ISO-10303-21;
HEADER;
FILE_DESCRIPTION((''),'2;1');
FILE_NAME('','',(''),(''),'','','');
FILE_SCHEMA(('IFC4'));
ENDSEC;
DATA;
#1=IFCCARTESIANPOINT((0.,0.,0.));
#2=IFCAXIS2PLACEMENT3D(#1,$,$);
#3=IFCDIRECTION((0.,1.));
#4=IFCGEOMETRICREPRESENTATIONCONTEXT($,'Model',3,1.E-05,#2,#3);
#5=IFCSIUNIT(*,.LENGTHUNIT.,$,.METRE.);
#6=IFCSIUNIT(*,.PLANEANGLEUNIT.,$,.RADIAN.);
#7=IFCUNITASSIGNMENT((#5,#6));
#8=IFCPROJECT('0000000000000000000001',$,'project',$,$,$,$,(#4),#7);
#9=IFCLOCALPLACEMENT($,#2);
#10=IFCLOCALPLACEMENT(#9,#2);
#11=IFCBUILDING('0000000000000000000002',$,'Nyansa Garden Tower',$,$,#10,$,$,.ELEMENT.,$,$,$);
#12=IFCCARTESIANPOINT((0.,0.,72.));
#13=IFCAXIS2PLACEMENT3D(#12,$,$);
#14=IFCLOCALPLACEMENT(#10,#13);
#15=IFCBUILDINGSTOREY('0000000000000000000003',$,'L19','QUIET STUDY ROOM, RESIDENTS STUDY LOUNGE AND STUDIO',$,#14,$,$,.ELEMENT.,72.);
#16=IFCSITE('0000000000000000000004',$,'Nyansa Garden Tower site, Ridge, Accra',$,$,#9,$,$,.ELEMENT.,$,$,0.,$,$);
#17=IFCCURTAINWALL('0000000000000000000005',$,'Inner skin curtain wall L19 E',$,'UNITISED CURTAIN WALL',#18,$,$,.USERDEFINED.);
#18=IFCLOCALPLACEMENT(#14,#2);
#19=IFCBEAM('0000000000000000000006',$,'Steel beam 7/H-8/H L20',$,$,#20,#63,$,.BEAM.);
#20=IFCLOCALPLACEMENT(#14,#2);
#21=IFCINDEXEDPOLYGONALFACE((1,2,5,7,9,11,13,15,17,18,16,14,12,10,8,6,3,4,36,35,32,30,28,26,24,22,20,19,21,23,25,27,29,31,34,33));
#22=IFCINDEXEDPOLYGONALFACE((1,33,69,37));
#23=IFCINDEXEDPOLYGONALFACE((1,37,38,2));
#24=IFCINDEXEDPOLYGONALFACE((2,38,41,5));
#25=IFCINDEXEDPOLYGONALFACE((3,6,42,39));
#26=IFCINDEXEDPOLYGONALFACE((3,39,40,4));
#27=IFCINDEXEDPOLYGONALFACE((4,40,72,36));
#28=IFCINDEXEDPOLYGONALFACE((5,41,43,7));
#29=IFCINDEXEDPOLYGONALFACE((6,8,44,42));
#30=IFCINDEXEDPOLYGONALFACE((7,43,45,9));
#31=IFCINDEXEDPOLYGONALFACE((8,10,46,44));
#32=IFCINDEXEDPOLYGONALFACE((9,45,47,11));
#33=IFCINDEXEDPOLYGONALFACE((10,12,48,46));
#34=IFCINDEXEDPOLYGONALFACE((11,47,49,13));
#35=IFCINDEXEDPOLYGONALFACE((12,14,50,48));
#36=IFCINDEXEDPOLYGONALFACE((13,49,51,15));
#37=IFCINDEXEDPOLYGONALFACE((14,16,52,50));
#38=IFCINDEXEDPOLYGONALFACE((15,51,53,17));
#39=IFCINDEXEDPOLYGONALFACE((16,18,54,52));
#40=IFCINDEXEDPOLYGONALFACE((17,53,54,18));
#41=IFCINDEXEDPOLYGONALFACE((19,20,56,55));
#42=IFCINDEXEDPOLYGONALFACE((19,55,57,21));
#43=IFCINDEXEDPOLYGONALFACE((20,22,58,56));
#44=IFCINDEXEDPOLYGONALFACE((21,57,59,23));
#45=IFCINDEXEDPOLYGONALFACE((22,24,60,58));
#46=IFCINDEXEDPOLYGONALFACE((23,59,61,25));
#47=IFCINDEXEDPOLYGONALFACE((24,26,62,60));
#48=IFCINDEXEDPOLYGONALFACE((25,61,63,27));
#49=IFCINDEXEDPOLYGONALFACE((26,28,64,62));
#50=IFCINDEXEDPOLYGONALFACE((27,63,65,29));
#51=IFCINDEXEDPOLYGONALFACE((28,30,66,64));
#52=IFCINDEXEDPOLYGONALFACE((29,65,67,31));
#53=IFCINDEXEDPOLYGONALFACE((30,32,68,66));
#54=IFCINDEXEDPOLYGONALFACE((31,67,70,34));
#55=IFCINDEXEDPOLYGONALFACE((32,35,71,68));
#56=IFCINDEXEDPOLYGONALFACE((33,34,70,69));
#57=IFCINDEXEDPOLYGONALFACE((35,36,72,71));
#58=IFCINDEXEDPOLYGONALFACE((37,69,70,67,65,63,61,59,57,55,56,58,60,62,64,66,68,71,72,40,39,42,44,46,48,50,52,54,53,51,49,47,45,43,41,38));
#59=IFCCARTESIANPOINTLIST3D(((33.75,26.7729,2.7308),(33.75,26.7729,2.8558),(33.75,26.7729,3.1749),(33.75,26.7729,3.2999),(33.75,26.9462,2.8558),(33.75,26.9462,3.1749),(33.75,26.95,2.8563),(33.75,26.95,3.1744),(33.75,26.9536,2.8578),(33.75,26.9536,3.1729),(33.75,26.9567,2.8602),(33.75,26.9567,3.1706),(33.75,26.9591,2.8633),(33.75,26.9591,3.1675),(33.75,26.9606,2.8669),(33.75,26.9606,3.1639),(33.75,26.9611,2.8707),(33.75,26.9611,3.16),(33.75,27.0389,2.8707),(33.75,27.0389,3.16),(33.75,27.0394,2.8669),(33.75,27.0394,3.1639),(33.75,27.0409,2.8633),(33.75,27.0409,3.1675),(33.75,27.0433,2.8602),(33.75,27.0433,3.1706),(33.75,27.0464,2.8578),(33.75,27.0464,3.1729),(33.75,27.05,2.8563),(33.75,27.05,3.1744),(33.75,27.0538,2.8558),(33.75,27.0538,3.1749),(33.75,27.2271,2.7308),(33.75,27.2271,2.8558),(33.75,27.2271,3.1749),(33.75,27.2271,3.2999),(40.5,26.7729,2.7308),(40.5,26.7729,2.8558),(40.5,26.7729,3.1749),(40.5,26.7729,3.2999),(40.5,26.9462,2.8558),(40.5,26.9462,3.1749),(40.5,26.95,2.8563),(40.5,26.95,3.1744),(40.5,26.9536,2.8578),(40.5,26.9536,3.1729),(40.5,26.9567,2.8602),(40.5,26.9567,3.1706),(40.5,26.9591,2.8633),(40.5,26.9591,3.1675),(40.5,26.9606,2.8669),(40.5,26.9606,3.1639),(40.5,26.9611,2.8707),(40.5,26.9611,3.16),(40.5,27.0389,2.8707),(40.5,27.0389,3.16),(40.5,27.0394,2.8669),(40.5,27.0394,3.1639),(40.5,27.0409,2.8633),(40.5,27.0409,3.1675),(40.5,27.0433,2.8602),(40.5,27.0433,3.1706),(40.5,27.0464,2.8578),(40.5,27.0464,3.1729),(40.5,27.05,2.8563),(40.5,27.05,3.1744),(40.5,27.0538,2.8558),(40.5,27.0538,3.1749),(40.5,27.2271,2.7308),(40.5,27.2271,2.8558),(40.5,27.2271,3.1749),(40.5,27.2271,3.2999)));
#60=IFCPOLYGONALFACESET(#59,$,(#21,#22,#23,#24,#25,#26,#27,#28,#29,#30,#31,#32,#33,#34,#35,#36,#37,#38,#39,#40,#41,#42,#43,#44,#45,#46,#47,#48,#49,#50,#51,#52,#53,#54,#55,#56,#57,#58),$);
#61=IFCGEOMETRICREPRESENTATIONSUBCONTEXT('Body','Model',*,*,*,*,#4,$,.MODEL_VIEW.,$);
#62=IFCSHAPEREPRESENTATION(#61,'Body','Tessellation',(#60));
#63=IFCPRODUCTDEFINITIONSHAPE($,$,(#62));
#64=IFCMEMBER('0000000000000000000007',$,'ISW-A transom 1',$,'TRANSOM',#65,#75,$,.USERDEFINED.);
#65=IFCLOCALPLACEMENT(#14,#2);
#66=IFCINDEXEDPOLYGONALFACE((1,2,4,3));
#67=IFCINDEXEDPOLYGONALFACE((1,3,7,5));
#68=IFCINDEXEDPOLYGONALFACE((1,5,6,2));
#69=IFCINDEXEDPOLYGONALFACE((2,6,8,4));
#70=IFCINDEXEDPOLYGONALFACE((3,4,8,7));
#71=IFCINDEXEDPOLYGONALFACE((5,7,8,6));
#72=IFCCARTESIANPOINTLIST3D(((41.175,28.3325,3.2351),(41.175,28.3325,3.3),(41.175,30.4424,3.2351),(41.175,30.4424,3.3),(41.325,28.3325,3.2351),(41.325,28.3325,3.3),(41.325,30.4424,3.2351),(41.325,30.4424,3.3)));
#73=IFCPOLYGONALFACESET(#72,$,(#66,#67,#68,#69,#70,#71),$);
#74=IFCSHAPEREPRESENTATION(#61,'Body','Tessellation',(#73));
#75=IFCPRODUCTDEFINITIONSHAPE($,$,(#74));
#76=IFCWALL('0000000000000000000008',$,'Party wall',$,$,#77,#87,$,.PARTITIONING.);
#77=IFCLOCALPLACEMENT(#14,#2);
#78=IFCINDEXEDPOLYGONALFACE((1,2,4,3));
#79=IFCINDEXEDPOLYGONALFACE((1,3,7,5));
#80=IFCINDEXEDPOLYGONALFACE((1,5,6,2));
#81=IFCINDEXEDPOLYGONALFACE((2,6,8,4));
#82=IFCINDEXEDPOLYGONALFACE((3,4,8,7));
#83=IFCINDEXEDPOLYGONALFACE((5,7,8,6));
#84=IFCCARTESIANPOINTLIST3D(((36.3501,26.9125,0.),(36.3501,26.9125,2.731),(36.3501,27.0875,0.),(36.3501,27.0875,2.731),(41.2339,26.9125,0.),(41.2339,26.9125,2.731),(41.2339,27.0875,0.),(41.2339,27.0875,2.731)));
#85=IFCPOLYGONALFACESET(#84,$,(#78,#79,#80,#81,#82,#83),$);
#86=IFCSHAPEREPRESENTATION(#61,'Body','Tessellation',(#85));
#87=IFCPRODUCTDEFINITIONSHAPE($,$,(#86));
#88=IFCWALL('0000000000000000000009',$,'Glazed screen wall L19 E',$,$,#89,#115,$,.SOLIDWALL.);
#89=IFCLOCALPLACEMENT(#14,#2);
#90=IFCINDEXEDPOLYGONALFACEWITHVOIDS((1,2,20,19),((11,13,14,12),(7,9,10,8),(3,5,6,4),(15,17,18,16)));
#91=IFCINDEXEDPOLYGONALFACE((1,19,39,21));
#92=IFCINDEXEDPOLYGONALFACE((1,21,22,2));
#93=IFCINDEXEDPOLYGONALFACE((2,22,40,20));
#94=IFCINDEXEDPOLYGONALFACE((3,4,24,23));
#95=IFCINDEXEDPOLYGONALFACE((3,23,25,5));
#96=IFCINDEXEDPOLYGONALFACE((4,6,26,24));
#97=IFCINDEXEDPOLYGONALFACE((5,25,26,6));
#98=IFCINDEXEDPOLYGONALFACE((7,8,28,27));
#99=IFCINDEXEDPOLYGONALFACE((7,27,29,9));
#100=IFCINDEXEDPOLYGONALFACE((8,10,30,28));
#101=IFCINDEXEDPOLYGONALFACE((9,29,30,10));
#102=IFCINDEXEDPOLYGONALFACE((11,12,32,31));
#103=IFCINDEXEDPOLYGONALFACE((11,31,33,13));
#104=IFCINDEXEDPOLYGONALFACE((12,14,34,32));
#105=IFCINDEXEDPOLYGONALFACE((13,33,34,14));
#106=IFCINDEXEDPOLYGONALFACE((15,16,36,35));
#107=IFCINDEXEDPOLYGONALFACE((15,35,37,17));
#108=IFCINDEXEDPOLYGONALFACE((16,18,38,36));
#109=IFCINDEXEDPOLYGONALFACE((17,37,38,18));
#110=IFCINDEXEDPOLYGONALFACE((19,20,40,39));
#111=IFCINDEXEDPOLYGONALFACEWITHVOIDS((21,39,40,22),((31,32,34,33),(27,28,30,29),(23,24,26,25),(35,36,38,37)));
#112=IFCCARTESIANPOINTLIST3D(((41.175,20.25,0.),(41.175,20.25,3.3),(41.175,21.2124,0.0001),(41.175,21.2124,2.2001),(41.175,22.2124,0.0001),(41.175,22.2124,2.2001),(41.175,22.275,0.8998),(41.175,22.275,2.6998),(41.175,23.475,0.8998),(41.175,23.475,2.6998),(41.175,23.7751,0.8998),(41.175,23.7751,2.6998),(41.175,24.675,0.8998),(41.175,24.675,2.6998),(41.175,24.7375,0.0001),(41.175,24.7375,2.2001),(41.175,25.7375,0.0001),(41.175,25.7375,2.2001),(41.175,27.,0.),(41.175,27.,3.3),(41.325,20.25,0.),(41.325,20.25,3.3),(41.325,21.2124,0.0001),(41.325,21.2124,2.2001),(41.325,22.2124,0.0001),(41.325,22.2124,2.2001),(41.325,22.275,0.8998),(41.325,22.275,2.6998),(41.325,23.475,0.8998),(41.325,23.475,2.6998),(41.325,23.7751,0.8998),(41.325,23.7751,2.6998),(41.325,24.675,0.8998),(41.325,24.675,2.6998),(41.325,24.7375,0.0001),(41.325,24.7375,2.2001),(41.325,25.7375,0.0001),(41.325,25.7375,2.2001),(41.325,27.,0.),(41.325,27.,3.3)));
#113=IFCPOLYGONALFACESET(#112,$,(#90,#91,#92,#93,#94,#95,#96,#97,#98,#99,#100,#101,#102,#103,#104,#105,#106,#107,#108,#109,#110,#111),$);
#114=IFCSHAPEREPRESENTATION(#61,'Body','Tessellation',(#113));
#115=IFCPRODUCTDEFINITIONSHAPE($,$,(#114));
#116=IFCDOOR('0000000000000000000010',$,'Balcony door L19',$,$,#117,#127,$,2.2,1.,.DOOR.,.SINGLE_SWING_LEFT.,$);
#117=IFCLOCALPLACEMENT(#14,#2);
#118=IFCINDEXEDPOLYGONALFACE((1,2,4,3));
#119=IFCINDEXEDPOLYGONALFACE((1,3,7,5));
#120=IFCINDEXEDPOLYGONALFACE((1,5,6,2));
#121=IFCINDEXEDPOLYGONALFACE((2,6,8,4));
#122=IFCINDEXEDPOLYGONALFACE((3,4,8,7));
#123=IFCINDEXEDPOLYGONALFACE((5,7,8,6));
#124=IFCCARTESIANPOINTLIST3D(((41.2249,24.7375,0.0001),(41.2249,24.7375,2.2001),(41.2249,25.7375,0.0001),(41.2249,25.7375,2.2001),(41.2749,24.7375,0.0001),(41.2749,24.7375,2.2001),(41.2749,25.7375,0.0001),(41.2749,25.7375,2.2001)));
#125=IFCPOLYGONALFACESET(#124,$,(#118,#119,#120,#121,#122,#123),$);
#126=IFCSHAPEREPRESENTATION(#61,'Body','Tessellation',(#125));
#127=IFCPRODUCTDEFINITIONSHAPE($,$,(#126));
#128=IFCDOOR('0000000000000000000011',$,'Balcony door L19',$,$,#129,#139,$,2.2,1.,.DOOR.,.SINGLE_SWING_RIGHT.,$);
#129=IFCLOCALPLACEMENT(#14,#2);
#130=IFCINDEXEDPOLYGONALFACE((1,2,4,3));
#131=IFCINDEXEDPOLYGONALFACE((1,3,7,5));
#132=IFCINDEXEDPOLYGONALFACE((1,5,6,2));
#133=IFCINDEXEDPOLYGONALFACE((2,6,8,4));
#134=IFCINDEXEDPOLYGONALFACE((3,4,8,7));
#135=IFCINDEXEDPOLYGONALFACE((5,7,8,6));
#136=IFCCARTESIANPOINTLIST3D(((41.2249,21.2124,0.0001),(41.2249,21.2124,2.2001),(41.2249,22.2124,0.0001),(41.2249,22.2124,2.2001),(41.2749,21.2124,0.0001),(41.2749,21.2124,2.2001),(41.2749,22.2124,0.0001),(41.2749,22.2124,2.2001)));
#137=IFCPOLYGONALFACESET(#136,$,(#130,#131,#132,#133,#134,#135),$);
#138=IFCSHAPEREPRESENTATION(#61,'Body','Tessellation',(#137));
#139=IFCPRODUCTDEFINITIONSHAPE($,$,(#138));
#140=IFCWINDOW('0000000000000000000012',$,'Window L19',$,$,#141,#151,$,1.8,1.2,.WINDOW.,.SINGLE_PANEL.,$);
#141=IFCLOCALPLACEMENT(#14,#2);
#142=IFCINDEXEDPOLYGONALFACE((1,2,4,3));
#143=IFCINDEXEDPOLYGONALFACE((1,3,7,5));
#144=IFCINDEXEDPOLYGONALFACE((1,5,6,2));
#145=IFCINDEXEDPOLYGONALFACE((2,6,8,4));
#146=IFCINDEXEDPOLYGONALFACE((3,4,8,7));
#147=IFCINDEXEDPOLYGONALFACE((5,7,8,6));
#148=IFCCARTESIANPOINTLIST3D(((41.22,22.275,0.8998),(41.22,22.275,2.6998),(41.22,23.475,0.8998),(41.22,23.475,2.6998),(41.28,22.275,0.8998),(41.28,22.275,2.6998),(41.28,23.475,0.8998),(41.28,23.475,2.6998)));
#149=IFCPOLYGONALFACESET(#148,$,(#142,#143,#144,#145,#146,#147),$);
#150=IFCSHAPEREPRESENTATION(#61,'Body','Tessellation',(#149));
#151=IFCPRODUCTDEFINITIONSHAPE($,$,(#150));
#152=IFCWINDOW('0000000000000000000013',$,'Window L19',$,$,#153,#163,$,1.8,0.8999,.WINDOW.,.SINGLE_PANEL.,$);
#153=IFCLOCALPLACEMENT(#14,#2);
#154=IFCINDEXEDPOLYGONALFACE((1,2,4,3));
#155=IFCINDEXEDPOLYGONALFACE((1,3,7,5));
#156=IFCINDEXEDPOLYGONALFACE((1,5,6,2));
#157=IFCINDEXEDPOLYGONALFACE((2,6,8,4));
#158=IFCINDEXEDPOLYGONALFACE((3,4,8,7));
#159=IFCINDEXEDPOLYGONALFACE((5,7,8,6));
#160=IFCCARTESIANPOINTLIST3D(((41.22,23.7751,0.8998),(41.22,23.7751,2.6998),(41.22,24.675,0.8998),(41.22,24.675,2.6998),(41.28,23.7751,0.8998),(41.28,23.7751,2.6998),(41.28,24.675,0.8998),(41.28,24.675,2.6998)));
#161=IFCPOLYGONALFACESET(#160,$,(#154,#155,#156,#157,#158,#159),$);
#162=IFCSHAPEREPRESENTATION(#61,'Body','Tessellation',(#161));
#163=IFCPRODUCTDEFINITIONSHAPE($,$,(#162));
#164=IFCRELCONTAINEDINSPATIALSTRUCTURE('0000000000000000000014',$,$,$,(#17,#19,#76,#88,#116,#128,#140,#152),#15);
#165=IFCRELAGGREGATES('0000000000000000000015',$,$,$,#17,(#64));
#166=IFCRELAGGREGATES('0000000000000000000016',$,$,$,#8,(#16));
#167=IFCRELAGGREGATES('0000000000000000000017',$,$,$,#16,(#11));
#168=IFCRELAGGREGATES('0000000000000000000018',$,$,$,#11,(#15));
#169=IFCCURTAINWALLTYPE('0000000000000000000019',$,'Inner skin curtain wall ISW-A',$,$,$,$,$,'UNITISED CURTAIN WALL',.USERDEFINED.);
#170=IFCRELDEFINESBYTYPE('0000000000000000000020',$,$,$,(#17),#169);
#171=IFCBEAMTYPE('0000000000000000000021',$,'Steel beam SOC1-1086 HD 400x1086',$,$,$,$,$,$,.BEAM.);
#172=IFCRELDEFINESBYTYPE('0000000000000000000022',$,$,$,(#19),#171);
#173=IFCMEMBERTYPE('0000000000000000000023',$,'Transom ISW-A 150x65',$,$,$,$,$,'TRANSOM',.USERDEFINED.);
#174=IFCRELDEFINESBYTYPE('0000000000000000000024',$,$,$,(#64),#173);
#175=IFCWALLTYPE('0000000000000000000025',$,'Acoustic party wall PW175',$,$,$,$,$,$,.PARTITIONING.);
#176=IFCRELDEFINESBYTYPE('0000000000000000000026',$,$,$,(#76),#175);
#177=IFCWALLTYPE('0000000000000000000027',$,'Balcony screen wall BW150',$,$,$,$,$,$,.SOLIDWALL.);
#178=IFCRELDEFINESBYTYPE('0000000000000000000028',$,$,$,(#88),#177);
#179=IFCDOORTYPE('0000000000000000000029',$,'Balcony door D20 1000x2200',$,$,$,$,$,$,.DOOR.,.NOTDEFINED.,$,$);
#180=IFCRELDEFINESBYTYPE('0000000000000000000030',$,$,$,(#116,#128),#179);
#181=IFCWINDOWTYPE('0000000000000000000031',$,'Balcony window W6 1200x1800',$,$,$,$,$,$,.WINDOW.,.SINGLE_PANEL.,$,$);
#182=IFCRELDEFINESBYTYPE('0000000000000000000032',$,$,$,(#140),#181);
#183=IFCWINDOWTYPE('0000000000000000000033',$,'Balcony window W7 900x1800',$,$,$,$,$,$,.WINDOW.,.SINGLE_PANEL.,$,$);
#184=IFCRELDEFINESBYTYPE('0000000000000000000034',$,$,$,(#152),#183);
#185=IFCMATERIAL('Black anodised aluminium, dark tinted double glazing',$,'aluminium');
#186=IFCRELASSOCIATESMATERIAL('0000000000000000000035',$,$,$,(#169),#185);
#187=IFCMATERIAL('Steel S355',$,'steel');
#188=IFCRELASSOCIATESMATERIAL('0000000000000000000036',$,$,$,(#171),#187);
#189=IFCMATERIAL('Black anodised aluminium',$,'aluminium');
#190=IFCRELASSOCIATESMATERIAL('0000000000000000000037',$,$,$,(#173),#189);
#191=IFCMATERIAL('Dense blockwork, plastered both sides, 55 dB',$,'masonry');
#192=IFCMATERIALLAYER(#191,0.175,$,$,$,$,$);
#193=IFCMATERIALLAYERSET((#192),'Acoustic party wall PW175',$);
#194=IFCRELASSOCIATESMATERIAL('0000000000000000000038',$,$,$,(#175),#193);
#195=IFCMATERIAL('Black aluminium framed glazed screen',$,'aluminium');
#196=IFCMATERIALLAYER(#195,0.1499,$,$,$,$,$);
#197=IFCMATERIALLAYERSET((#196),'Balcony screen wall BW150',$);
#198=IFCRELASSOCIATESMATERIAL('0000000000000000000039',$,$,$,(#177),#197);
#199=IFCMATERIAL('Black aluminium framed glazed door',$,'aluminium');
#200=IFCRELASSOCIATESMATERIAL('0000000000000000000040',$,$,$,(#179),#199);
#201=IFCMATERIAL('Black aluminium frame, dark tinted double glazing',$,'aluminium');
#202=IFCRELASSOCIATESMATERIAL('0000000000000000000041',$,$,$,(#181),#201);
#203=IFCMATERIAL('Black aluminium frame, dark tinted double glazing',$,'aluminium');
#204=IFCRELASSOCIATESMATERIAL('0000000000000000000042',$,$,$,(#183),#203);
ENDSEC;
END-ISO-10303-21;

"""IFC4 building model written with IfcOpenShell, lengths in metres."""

from ifc_helpers import new_model, si_unit, direction, frame, frame_2d, origin, origin_2d, place, context, subcontext, project, spatial, rectangle, i_section, extrude, material, layer, layer_set, material_profile, profile_set, type_object, element, fill, aggregate, save


model = new_model("IFC4")

# Units and contexts
model_context = context("Model", 3, precision=1e-05, world=origin(), true_north=direction((0.0, 1.0)))
body_context = subcontext(model_context, "Body", "Model", "MODEL_VIEW")
ifc_project = project(units=[si_unit("LENGTHUNIT", "METRE"), si_unit("PLANEANGLEUNIT", "RADIAN")], contexts=[model_context])

# Site, building, storey
site_placement = place(None, origin())
site = spatial("IfcSite", under=ifc_project, at=site_placement, Name="Nyansa Garden Tower site, Ridge, Accra", CompositionType="ELEMENT", RefElevation=0.0)
building_placement = place(site_placement, origin())
building = spatial("IfcBuilding", under=site, at=building_placement, Name="Nyansa Garden Tower", CompositionType="ELEMENT")
storey_placement = place(building_placement, frame((0.0, 0.0, 72.0)))
storey = spatial("IfcBuildingStorey", under=building, at=storey_placement, Name="L19", Description="QUIET STUDY ROOM, RESIDENTS STUDY LOUNGE AND STUDIO", CompositionType="ELEMENT", Elevation=72.0)

# Curtain wall
ifc_material_1 = material(Name="Black anodised aluminium, dark tinted double glazing", Category="aluminium")
curtain_wall_type = type_object("IfcCurtainWallType", Name="Inner skin curtain wall ISW-A", ElementType="UNITISED CURTAIN WALL", PredefinedType="USERDEFINED", material=ifc_material_1)
curtain_wall_placement = place(storey_placement, origin())
curtain_wall = element("IfcCurtainWall", 1, at=curtain_wall_placement, inside=storey, type_object=curtain_wall_type, Name="Inner skin curtain wall L19 E", ObjectType="UNITISED CURTAIN WALL", PredefinedType="USERDEFINED")

# Beam
ifc_material_2 = material(Name="Steel S355", Category="steel")
ifc_material_profile_1 = material_profile(ifc_material_2, i_section(OverallWidth=0.4541, OverallDepth=0.5691, WebThickness=0.0779, FlangeThickness=0.125, FilletRadius=0.0149, at=origin_2d()), Name="HD 400x1086")
ifc_profile_set_1 = profile_set([ifc_material_profile_1], Name="Steel S355")
beam_type_1 = type_object("IfcBeamType", Name="Steel beam SOC1-1086 HD 400x1086", PredefinedType="BEAM", material=ifc_profile_set_1)
beam_1_placement = place(storey_placement, frame((33.75, 27.0, 3.0154), z_axis=(1.0, 0.0, 0.0), x_axis=(0.0, 1.0, 0.0)))
element("IfcBeam", 2, at=beam_1_placement, inside=storey, type_object=beam_type_1, Name="Steel beam 7/H-8/H L20", PredefinedType="BEAM", context=body_context, shape_type="SweptSolid", body=[
    extrude(i_section(OverallWidth=0.4541, OverallDepth=0.5691, WebThickness=0.0779, FlangeThickness=0.125, FilletRadius=0.0149, at=origin_2d()), origin(), (0.0, 0.0, 1.0), 6.75),
])

# Member
ifc_material_3 = material(Name="Black anodised aluminium", Category="aluminium")
ifc_material_profile_2 = material_profile(ifc_material_3, rectangle(XDim=0.1499, YDim=0.0649, at=origin_2d()), Name="Transom 150x65")
ifc_profile_set_2 = profile_set([ifc_material_profile_2], Name="Black anodised aluminium")
member_type_1 = type_object("IfcMemberType", Name="Transom ISW-A 150x65", ElementType="TRANSOM", PredefinedType="USERDEFINED", material=ifc_profile_set_2)
member_1_placement = place(storey_placement, frame((41.25, 28.3325, 3.2676), z_axis=(0.0, 1.0, 0.0), x_axis=(-1.0, 0.0, 0.0)))
member_1 = element("IfcMember", 3, at=member_1_placement, type_object=member_type_1, Name="ISW-A transom 1", ObjectType="TRANSOM", PredefinedType="USERDEFINED", context=body_context, shape_type="SweptSolid", body=[
    extrude(rectangle(XDim=0.1499, YDim=0.0649, at=origin_2d()), origin(), (0.0, 0.0, 1.0), 2.1099),
])
aggregate(curtain_wall, [member_1])

# Wall
ifc_material_4 = material(Name="Dense blockwork, plastered both sides, 55 dB", Category="masonry")
ifc_layer_1 = layer(ifc_material_4, 0.175)
ifc_layer_set_1 = layer_set([ifc_layer_1], Name="Acoustic party wall PW175")
wall_type_1 = type_object("IfcWallType", Name="Acoustic party wall PW175", PredefinedType="PARTITIONING", material=ifc_layer_set_1)
wall_1_placement = place(storey_placement, frame((36.3501, 27.0, 0.0), z_axis=(0.0, 0.0, 1.0), x_axis=(1.0, 0.0, 0.0)))
element("IfcWall", 4, at=wall_1_placement, inside=storey, type_object=wall_type_1, Name="Party wall", PredefinedType="PARTITIONING", context=body_context, shape_type="SweptSolid", body=[
    extrude(rectangle(XDim=4.8838, YDim=0.175, at=frame_2d((2.4419, 0.0))), origin(), (0.0, 0.0, 1.0), 2.731),
])

# Wall, openings, doors, windows
ifc_material_5 = material(Name="Black aluminium framed glazed screen", Category="aluminium")
ifc_layer_2 = layer(ifc_material_5, 0.1499)
ifc_layer_set_2 = layer_set([ifc_layer_2], Name="Balcony screen wall BW150")
wall_type_2 = type_object("IfcWallType", Name="Balcony screen wall BW150", PredefinedType="SOLIDWALL", material=ifc_layer_set_2)
wall_2_placement = place(storey_placement, frame((41.25, 27.0, 0.0), z_axis=(0.0, 0.0, 1.0), x_axis=(0.0, -1.0, 0.0)))
wall_2 = element("IfcWall", 5, at=wall_2_placement, inside=storey, type_object=wall_type_2, Name="Glazed screen wall L19 E", PredefinedType="SOLIDWALL", context=body_context, shape_type="SweptSolid", body=[
    extrude(rectangle(XDim=6.75, YDim=0.1499, at=frame_2d((3.375, 0.0))), origin(), (0.0, 0.0, 1.0), 3.3),
])
opening_1_placement = place(wall_2_placement, frame((1.2625, 0.0, 0.0)))
opening_1 = element("IfcOpeningElement", 6, at=opening_1_placement, cuts=wall_2, PredefinedType="OPENING", context=body_context, shape_type="SweptSolid", body=[
    extrude(rectangle(XDim=1.0, YDim=2.2, at=frame_2d((0.5, 1.1001))), frame((0.0, 0.085, 0.0), z_axis=(0.0, -1.0, 0.0), x_axis=(1.0, 0.0, 0.0)), (0.0, 0.0, 1.0), 0.1699),
])
opening_2_placement = place(wall_2_placement, frame((2.325, 0.0, 0.8999)))
opening_2 = element("IfcOpeningElement", 7, at=opening_2_placement, cuts=wall_2, PredefinedType="OPENING", context=body_context, shape_type="SweptSolid", body=[
    extrude(rectangle(XDim=0.8999, YDim=1.8, at=frame_2d((0.45, 0.8999))), frame((0.0, 0.085, 0.0), z_axis=(0.0, -1.0, 0.0), x_axis=(1.0, 0.0, 0.0)), (0.0, 0.0, 1.0), 0.1699),
])
opening_3_placement = place(wall_2_placement, frame((4.7876, 0.0, 0.0)))
opening_3 = element("IfcOpeningElement", 8, at=opening_3_placement, cuts=wall_2, PredefinedType="OPENING", context=body_context, shape_type="SweptSolid", body=[
    extrude(rectangle(XDim=1.0, YDim=2.2, at=frame_2d((0.5, 1.1001))), frame((0.0, 0.085, 0.0), z_axis=(0.0, -1.0, 0.0), x_axis=(1.0, 0.0, 0.0)), (0.0, 0.0, 1.0), 0.1699),
])
opening_4_placement = place(wall_2_placement, frame((3.5249, 0.0, 0.8999)))
opening_4 = element("IfcOpeningElement", 9, at=opening_4_placement, cuts=wall_2, PredefinedType="OPENING", context=body_context, shape_type="SweptSolid", body=[
    extrude(rectangle(XDim=1.2, YDim=1.8, at=frame_2d((0.6001, 0.8999))), frame((0.0, 0.085, 0.0), z_axis=(0.0, -1.0, 0.0), x_axis=(1.0, 0.0, 0.0)), (0.0, 0.0, 1.0), 0.1699),
])
ifc_material_6 = material(Name="Black aluminium framed glazed door", Category="aluminium")
door_type_1 = type_object("IfcDoorType", Name="Balcony door D20 1000x2200", OperationType="NOTDEFINED", PredefinedType="DOOR", material=ifc_material_6)
door_1_placement = place(opening_1_placement, origin())
door_1 = element("IfcDoor", 10, at=door_1_placement, inside=storey, type_object=door_type_1, Name="Balcony door L19", OperationType="SINGLE_SWING_LEFT", OverallHeight=2.2, OverallWidth=1.0, PredefinedType="DOOR", context=body_context, shape_type="SweptSolid", body=[
    extrude(rectangle(XDim=1.0, YDim=2.2, at=frame_2d((0.5, 1.1001))), frame((0.0, 0.0249, 0.0), z_axis=(0.0, -1.0, 0.0), x_axis=(1.0, 0.0, 0.0)), (0.0, 0.0, 1.0), 0.05),
])
fill(opening_1, door_1)
door_2_placement = place(opening_3_placement, origin())
door_2 = element("IfcDoor", 11, at=door_2_placement, inside=storey, type_object=door_type_1, Name="Balcony door L19", OperationType="SINGLE_SWING_RIGHT", OverallHeight=2.2, OverallWidth=1.0, PredefinedType="DOOR", context=body_context, shape_type="SweptSolid", body=[
    extrude(rectangle(XDim=1.0, YDim=2.2, at=frame_2d((0.5, 1.1001))), frame((0.0, 0.0249, 0.0), z_axis=(0.0, -1.0, 0.0), x_axis=(1.0, 0.0, 0.0)), (0.0, 0.0, 1.0), 0.05),
])
fill(opening_3, door_2)
ifc_material_7 = material(Name="Black aluminium frame, dark tinted double glazing", Category="aluminium")
window_type_1 = type_object("IfcWindowType", Name="Balcony window W6 1200x1800", PartitioningType="SINGLE_PANEL", PredefinedType="WINDOW", material=ifc_material_7)
window_1_placement = place(opening_4_placement, origin())
window_1 = element("IfcWindow", 12, at=window_1_placement, inside=storey, type_object=window_type_1, Name="Window L19", OverallHeight=1.8, OverallWidth=1.2, PartitioningType="SINGLE_PANEL", PredefinedType="WINDOW", context=body_context, shape_type="SweptSolid", body=[
    extrude(rectangle(XDim=1.2, YDim=1.8, at=frame_2d((0.6001, 0.8999))), frame((0.0, 0.03, 0.0), z_axis=(0.0, -1.0, 0.0), x_axis=(1.0, 0.0, 0.0)), (0.0, 0.0, 1.0), 0.0601),
])
fill(opening_4, window_1)
ifc_material_8 = material(Name="Black aluminium frame, dark tinted double glazing", Category="aluminium")
window_type_2 = type_object("IfcWindowType", Name="Balcony window W7 900x1800", PartitioningType="SINGLE_PANEL", PredefinedType="WINDOW", material=ifc_material_8)
window_2_placement = place(opening_2_placement, origin())
window_2 = element("IfcWindow", 13, at=window_2_placement, inside=storey, type_object=window_type_2, Name="Window L19", OverallHeight=1.8, OverallWidth=0.8999, PartitioningType="SINGLE_PANEL", PredefinedType="WINDOW", context=body_context, shape_type="SweptSolid", body=[
    extrude(rectangle(XDim=0.8999, YDim=1.8, at=frame_2d((0.45, 0.8999))), frame((0.0, 0.03, 0.0), z_axis=(0.0, -1.0, 0.0), x_axis=(1.0, 0.0, 0.0)), (0.0, 0.0, 1.0), 0.0601),
])
fill(opening_2, window_2)

save(model, "model.ifc")
